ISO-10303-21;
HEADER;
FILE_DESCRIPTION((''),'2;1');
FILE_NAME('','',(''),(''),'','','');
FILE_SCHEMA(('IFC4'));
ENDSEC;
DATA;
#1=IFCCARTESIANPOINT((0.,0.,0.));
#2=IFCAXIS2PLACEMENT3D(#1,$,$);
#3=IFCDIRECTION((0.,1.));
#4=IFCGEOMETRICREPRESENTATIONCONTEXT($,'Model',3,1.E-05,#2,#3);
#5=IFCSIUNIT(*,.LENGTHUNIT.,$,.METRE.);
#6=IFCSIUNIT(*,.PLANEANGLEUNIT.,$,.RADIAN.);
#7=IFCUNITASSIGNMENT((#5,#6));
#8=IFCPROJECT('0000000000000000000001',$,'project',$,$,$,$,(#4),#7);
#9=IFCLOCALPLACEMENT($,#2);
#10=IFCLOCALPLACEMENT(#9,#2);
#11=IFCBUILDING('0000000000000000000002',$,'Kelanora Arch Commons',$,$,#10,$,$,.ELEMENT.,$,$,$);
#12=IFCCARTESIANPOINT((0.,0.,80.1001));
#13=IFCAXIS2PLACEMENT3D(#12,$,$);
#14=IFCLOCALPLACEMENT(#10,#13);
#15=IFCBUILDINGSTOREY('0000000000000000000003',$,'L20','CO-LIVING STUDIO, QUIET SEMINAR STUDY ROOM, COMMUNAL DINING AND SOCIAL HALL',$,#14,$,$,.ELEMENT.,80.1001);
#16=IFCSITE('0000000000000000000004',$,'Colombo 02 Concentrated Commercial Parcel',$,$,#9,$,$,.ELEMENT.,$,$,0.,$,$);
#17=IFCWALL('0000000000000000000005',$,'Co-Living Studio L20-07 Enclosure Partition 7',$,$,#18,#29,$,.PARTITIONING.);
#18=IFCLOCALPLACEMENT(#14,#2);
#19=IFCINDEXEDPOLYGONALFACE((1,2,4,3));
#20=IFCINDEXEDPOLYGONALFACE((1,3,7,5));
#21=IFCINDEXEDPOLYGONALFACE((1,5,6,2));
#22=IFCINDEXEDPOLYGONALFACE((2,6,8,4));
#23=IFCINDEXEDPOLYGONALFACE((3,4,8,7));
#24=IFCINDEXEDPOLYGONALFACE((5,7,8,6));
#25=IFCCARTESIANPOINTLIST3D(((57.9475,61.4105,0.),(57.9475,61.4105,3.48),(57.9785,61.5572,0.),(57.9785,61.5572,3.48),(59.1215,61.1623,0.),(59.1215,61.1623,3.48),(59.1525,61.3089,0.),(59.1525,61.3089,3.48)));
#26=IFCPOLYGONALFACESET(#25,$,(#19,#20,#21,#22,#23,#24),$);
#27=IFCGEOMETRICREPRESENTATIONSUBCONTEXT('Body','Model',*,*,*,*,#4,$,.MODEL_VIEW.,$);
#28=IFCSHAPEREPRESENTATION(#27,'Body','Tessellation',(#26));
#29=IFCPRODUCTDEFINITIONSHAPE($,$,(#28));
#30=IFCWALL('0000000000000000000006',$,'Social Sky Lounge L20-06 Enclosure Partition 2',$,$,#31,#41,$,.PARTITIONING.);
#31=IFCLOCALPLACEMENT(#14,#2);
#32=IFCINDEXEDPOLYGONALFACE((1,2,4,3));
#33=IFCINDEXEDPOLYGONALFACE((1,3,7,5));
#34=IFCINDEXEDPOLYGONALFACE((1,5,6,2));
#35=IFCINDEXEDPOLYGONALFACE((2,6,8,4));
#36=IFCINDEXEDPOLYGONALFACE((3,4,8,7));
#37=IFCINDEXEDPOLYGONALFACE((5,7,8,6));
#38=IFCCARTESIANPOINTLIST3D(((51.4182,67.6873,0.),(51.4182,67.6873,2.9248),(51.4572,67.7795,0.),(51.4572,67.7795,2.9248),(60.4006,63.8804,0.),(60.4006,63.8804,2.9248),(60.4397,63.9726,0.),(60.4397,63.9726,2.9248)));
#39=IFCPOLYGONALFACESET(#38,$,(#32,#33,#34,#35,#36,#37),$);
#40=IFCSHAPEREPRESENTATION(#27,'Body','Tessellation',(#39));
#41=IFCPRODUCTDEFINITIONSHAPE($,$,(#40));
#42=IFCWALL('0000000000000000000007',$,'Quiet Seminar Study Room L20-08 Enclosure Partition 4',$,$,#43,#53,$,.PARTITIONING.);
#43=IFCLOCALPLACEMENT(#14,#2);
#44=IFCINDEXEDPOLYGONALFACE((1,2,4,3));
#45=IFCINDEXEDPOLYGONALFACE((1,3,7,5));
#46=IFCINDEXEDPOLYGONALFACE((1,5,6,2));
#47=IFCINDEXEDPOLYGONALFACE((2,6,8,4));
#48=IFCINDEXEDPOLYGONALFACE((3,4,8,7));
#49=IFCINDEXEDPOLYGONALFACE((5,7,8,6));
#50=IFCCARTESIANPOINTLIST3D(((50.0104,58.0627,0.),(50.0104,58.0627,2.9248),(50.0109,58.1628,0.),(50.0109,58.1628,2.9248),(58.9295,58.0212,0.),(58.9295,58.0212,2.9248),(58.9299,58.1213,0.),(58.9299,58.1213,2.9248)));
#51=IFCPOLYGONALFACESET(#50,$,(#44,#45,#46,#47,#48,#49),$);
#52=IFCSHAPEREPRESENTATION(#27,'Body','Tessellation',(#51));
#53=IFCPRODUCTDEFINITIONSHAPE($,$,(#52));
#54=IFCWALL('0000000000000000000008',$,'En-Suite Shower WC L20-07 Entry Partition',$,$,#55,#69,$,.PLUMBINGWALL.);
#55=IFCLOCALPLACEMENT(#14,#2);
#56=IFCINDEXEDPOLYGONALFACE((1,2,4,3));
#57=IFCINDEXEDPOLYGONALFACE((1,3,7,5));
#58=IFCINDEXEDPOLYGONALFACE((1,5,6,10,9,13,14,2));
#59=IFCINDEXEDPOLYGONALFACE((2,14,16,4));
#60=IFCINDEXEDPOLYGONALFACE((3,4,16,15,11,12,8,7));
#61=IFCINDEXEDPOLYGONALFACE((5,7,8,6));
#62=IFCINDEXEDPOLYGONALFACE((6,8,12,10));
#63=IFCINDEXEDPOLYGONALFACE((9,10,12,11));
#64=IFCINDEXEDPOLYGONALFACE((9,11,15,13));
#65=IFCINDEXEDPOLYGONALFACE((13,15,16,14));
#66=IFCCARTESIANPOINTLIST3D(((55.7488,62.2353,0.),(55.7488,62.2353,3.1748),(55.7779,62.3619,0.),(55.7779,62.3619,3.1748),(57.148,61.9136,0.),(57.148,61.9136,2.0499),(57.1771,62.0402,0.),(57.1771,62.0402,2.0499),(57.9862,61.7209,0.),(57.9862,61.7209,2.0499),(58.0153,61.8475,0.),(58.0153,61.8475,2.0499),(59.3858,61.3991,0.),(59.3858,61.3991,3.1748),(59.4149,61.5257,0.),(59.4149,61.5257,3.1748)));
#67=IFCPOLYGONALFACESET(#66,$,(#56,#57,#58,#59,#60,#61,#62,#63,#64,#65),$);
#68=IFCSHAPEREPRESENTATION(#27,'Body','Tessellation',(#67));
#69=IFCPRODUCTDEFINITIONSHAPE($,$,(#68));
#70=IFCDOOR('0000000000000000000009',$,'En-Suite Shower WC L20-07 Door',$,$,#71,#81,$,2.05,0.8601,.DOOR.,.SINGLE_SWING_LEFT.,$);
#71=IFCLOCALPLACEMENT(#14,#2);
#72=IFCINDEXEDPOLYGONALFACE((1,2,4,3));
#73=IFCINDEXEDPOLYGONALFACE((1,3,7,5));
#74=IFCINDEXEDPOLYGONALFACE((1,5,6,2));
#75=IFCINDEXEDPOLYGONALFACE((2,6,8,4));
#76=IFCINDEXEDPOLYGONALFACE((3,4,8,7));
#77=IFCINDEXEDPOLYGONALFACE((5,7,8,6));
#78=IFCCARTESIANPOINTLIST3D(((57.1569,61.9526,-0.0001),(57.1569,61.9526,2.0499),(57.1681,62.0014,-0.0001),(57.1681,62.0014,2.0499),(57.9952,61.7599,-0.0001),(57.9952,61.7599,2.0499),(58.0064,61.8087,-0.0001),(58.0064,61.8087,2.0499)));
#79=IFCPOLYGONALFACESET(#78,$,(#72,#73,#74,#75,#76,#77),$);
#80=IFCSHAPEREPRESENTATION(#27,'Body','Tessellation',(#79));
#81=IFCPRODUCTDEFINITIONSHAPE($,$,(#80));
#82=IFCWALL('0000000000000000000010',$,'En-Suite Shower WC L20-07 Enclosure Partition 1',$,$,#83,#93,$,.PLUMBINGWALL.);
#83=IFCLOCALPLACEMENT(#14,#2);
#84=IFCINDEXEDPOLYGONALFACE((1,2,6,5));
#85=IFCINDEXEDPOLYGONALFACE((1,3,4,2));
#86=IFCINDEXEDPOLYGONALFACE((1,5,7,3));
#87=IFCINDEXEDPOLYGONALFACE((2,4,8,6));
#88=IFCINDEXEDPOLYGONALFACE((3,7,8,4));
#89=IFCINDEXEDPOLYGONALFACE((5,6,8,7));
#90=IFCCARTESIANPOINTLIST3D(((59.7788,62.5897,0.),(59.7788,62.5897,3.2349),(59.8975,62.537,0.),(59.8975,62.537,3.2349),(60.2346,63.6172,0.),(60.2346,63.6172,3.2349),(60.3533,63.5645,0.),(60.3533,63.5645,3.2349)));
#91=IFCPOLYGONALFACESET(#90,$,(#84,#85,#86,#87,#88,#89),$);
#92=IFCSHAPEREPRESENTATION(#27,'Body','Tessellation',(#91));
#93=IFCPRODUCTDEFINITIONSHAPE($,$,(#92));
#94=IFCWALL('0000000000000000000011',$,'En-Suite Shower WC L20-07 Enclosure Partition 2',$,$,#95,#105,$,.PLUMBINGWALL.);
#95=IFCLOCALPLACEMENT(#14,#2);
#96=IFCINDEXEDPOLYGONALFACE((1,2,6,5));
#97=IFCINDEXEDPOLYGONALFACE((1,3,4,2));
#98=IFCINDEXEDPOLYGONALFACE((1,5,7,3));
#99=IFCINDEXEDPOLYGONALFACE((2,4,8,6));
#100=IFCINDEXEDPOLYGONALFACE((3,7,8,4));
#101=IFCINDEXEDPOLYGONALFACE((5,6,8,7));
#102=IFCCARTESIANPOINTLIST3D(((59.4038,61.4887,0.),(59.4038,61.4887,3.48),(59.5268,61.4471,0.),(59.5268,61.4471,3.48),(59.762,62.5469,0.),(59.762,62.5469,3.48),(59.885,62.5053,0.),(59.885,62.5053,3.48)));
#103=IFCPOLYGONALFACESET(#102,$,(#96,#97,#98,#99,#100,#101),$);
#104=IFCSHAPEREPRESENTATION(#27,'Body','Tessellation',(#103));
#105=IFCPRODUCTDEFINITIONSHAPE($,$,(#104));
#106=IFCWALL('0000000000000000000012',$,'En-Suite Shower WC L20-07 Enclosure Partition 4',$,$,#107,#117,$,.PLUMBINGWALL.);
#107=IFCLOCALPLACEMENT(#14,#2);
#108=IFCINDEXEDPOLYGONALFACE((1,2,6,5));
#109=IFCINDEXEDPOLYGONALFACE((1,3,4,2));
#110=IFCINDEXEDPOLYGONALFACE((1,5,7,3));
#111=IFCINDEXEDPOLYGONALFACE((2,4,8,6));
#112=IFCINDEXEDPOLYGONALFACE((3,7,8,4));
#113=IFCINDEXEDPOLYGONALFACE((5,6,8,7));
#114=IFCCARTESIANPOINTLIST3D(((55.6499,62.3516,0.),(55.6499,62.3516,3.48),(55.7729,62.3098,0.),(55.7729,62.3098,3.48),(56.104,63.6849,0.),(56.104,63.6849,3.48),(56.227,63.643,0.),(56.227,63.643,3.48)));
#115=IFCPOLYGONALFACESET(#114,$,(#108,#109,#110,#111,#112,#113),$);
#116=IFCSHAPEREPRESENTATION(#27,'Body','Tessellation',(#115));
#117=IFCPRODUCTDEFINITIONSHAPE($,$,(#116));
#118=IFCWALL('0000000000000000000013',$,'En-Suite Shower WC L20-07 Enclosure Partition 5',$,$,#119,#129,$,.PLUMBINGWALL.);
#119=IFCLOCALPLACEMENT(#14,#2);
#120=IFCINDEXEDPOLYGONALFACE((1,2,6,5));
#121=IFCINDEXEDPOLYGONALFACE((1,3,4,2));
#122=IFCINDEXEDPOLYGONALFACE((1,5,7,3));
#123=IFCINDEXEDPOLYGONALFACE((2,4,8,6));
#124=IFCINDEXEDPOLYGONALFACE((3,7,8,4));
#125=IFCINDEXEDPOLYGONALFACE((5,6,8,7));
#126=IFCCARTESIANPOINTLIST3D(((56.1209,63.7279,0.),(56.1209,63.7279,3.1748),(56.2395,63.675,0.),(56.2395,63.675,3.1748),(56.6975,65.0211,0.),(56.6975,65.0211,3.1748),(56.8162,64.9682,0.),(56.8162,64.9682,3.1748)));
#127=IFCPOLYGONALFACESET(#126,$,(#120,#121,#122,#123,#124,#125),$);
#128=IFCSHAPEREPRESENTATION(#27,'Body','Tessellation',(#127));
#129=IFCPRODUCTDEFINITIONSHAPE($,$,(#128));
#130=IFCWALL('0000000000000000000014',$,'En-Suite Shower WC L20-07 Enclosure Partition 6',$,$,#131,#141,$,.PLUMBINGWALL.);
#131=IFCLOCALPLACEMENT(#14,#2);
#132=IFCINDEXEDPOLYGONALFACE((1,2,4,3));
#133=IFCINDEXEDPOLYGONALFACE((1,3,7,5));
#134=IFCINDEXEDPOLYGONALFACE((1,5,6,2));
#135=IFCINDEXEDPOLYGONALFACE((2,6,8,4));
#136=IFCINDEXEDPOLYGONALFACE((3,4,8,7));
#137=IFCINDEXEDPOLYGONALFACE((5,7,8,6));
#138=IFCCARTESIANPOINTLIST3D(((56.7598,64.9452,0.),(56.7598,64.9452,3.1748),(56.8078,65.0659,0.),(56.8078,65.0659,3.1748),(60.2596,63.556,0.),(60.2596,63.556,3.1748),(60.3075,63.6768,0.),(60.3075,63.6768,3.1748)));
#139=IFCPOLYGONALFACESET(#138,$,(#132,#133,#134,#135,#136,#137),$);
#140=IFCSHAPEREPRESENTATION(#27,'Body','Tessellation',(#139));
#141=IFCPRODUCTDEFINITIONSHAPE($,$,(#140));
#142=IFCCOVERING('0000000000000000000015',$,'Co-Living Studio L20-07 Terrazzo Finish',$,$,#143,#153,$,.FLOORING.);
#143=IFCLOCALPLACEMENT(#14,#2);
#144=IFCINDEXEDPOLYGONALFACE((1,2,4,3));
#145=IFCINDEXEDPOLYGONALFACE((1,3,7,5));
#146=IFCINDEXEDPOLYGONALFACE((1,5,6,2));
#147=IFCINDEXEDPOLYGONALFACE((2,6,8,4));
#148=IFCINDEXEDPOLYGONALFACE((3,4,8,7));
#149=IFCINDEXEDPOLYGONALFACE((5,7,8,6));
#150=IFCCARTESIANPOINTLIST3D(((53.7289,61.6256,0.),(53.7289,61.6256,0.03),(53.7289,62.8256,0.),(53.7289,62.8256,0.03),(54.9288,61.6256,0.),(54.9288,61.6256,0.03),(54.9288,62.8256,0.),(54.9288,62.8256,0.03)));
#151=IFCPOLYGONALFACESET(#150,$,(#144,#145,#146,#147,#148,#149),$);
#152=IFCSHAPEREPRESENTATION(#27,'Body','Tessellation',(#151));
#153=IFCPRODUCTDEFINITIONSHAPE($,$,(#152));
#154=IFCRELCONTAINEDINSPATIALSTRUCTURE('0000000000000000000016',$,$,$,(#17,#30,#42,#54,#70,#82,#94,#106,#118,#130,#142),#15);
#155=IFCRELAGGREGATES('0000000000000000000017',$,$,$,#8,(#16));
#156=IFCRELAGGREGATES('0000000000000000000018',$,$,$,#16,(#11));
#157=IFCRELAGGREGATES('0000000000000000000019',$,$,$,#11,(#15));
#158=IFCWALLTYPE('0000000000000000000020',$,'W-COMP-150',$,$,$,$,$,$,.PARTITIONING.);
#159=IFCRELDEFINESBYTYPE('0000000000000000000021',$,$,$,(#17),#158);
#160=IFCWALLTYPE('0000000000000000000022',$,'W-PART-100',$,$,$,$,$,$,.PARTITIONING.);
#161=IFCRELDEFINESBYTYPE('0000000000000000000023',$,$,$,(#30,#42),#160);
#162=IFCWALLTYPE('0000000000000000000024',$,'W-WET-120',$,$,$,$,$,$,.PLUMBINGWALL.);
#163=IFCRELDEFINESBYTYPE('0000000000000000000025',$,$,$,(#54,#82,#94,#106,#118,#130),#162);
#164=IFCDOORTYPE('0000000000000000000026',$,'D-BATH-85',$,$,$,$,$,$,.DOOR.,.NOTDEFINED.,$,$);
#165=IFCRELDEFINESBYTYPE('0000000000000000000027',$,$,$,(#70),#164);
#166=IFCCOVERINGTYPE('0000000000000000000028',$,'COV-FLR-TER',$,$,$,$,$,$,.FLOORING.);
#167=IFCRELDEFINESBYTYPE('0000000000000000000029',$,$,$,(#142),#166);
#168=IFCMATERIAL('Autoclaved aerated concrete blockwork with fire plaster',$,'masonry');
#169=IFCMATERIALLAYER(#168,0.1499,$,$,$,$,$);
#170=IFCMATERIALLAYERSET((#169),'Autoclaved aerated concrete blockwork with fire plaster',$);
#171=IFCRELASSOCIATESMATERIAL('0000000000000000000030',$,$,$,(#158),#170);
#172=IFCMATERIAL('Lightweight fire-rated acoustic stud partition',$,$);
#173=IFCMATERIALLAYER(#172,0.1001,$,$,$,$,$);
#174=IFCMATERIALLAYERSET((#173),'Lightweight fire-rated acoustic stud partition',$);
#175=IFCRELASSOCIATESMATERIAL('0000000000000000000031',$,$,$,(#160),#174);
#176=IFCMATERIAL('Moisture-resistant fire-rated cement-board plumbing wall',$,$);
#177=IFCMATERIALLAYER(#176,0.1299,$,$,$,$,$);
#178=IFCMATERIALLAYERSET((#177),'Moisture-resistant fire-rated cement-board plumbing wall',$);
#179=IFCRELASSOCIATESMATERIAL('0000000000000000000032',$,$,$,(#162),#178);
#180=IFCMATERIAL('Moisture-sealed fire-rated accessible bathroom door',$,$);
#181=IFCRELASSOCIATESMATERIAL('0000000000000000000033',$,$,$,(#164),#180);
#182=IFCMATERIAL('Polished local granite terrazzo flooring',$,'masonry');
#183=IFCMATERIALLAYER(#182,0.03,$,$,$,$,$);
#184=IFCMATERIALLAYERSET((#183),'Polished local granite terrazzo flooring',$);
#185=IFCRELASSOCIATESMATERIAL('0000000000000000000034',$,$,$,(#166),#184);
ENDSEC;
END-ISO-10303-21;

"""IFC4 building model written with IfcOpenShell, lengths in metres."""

from ifc_helpers import new_model, si_unit, direction, frame, frame_2d, origin, origin_2d, place, context, subcontext, project, spatial, rectangle, extrude, source, transform, mapped, material, layer, layer_set, type_object, element, fill, save


model = new_model("IFC4")

# Units and contexts
model_context = context("Model", 3, precision=1e-05, world=origin(), true_north=direction((0.0, 1.0)))
body_context = subcontext(model_context, "Body", "Model", "MODEL_VIEW")
ifc_project = project(units=[si_unit("LENGTHUNIT", "METRE"), si_unit("PLANEANGLEUNIT", "RADIAN")], contexts=[model_context])

# Site, building, storey
site_placement = place(None, origin())
site = spatial("IfcSite", under=ifc_project, at=site_placement, Name="Colombo 02 Concentrated Commercial Parcel", CompositionType="ELEMENT", RefElevation=0.0)
building_placement = place(site_placement, origin())
building = spatial("IfcBuilding", under=site, at=building_placement, Name="Kelanora Arch Commons", CompositionType="ELEMENT")
storey_placement = place(building_placement, frame((0.0, 0.0, 80.1001)))
storey = spatial("IfcBuildingStorey", under=building, at=storey_placement, Name="L20", Description="CO-LIVING STUDIO, QUIET SEMINAR STUDY ROOM, COMMUNAL DINING AND SOCIAL HALL", CompositionType="ELEMENT", Elevation=80.1001)

# Shared definitions
ifc_material_1 = material(Name="Autoclaved aerated concrete blockwork with fire plaster", Category="masonry")
ifc_layer_1 = layer(ifc_material_1, 0.1499)
ifc_layer_set_1 = layer_set([ifc_layer_1], Name="Autoclaved aerated concrete blockwork with fire plaster")
wall_type_1 = type_object("IfcWallType", Name="W-COMP-150", PredefinedType="PARTITIONING", material=ifc_layer_set_1)

# Walls
wall_1_placement = place(storey_placement, frame((57.9629, 61.4839, 0.0), z_axis=(0.0, 0.0, 1.0), x_axis=(0.978362, -0.206902, 0.0)))
element("IfcWall", 1, at=wall_1_placement, inside=storey, type_object=wall_type_1, Name="Co-Living Studio L20-07 Enclosure Partition 7", PredefinedType="PARTITIONING", context=body_context, shape_type="SweptSolid", body=[
    extrude(rectangle(XDim=1.2, YDim=0.1499, at=frame_2d((0.6001, 0.0))), origin(), (0.0, 0.0, 1.0), 3.48),
])
ifc_material_2 = material(Name="Lightweight fire-rated acoustic stud partition")
ifc_layer_2 = layer(ifc_material_2, 0.1001)
ifc_layer_set_2 = layer_set([ifc_layer_2], Name="Lightweight fire-rated acoustic stud partition")
wall_type_2 = type_object("IfcWallType", Name="W-PART-100", PredefinedType="PARTITIONING", material=ifc_layer_set_2)
wall_2_placement = place(storey_placement, frame((60.4202, 63.9265, 0.0), z_axis=(0.0, 0.0, 1.0), x_axis=(-0.920723, 0.390216, 0.0)))
element("IfcWall", 2, at=wall_2_placement, inside=storey, type_object=wall_type_2, Name="Social Sky Lounge L20-06 Enclosure Partition 2", PredefinedType="PARTITIONING", context=body_context, shape_type="SweptSolid", body=[
    extrude(rectangle(XDim=9.7559, YDim=0.1001, at=frame_2d((4.8779, 0.0))), origin(), (0.0, 0.0, 1.0), 2.9248),
])
wall_3_placement = place(storey_placement, frame((50.0107, 58.1128, 0.0), z_axis=(0.0, 0.0, 1.0), x_axis=(0.999989, -0.004653, 0.0)))
element("IfcWall", 3, at=wall_3_placement, inside=storey, type_object=wall_type_2, Name="Quiet Seminar Study Room L20-08 Enclosure Partition 4", PredefinedType="PARTITIONING", context=body_context, shape_type="SweptSolid", body=[
    extrude(rectangle(XDim=8.9192, YDim=0.1001, at=frame_2d((4.4595, 0.0))), origin(), (0.0, 0.0, 1.0), 2.9248),
])

# Wall, opening, door
ifc_material_3 = material(Name="Moisture-resistant fire-rated cement-board plumbing wall")
ifc_layer_3 = layer(ifc_material_3, 0.1299)
ifc_layer_set_3 = layer_set([ifc_layer_3], Name="Moisture-resistant fire-rated cement-board plumbing wall")
wall_type_3 = type_object("IfcWallType", Name="W-WET-120", PredefinedType="PLUMBINGWALL", material=ifc_layer_set_3)
wall_4_placement = place(storey_placement, frame((59.4004, 61.4624, 0.0), z_axis=(0.0, 0.0, 1.0), x_axis=(-0.974574, 0.224066, 0.0)))
wall_4 = element("IfcWall", 4, at=wall_4_placement, inside=storey, type_object=wall_type_3, Name="En-Suite Shower WC L20-07 Entry Partition", PredefinedType="PLUMBINGWALL", context=body_context, shape_type="SweptSolid", body=[
    extrude(rectangle(XDim=3.7319, YDim=0.1299, at=frame_2d((1.866, 0.0))), origin(), (0.0, 0.0, 1.0), 3.1748),
])
opening_1_placement = place(wall_4_placement, frame((1.436, 0.0, 0.0)))
opening_1 = element("IfcOpeningElement", 5, at=opening_1_placement, cuts=wall_4, PredefinedType="OPENING", context=body_context, shape_type="SweptSolid", body=[
    extrude(rectangle(XDim=0.8601, YDim=2.05, at=frame_2d((0.4302, 1.0249))), frame((0.0, 0.075, 0.0), z_axis=(0.0, -1.0, 0.0), x_axis=(1.0, 0.0, 0.0)), (0.0, 0.0, 1.0), 0.1499),
])
ifc_material_4 = material(Name="Moisture-sealed fire-rated accessible bathroom door")
door_type_1 = type_object("IfcDoorType", Name="D-BATH-85", OperationType="NOTDEFINED", PredefinedType="DOOR", material=ifc_material_4)
door_1_placement = place(opening_1_placement, origin())
door_1 = element("IfcDoor", 6, at=door_1_placement, inside=storey, type_object=door_type_1, Name="En-Suite Shower WC L20-07 Door", OperationType="SINGLE_SWING_LEFT", OverallHeight=2.05, OverallWidth=0.8601, PredefinedType="DOOR", context=body_context, shape_type="SweptSolid", body=[
    extrude(rectangle(XDim=0.8601, YDim=2.05, at=frame_2d((0.4302, 1.0249))), frame((0.0, 0.0249, 0.0), z_axis=(0.0, -1.0, 0.0), x_axis=(1.0, 0.0, 0.0)), (0.0, 0.0, 1.0), 0.05),
])
fill(opening_1, door_1)

# Walls
wall_5_placement = place(storey_placement, frame((60.2939, 63.5908, 0.0), z_axis=(0.0, 0.0, 1.0), x_axis=(-0.405473, -0.914107, 0.0)))
element("IfcWall", 7, at=wall_5_placement, inside=storey, type_object=wall_type_3, Name="En-Suite Shower WC L20-07 Enclosure Partition 1", PredefinedType="PLUMBINGWALL", context=body_context, shape_type="SweptSolid", body=[
    extrude(rectangle(XDim=1.124, YDim=0.1299, at=frame_2d((0.562, 0.0))), origin(), (0.0, 0.0, 1.0), 3.2349),
])
wall_6_placement = place(storey_placement, frame((59.8235, 62.5261, 0.0), z_axis=(0.0, 0.0, 1.0), x_axis=(-0.320617, -0.947209, 0.0)))
element("IfcWall", 8, at=wall_6_placement, inside=storey, type_object=wall_type_3, Name="En-Suite Shower WC L20-07 Enclosure Partition 2", PredefinedType="PLUMBINGWALL", context=body_context, shape_type="SweptSolid", body=[
    extrude(rectangle(XDim=1.1172, YDim=0.1299, at=frame_2d((0.5586, 0.0))), origin(), (0.0, 0.0, 1.0), 3.48),
])
wall_7_placement = place(storey_placement, frame((55.7114, 62.3308, 0.0), z_axis=(0.0, 0.0, 1.0), x_axis=(0.322409, 0.9466, 0.0)))
element("IfcWall", 9, at=wall_7_placement, inside=storey, type_object=wall_type_3, Name="En-Suite Shower WC L20-07 Enclosure Partition 4", PredefinedType="PLUMBINGWALL", context=body_context, shape_type="SweptSolid", body=[
    extrude(rectangle(XDim=1.4084, YDim=0.1299, at=frame_2d((0.7041, 0.0))), origin(), (0.0, 0.0, 1.0), 3.48),
])
wall_8_placement = place(storey_placement, frame((56.1802, 63.7014, 0.0), z_axis=(0.0, 0.0, 1.0), x_axis=(0.407258, 0.913313, 0.0)))
element("IfcWall", 10, at=wall_8_placement, inside=storey, type_object=wall_type_3, Name="En-Suite Shower WC L20-07 Enclosure Partition 5", PredefinedType="PLUMBINGWALL", context=body_context, shape_type="SweptSolid", body=[
    extrude(rectangle(XDim=1.416, YDim=0.1299, at=frame_2d((0.708, 0.0))), origin(), (0.0, 0.0, 1.0), 3.1748),
])
wall_9_placement = place(storey_placement, frame((56.7837, 65.0056, 0.0), z_axis=(0.0, 0.0, 1.0), x_axis=(0.929457, -0.36893, 0.0)))
element("IfcWall", 11, at=wall_9_placement, inside=storey, type_object=wall_type_3, Name="En-Suite Shower WC L20-07 Enclosure Partition 6", PredefinedType="PLUMBINGWALL", context=body_context, shape_type="SweptSolid", body=[
    extrude(rectangle(XDim=3.7654, YDim=0.1299, at=frame_2d((1.8828, 0.0))), origin(), (0.0, 0.0, 1.0), 3.1748),
])

# Covering
ifc_material_5 = material(Name="Polished local granite terrazzo flooring", Category="masonry")
ifc_layer_4 = layer(ifc_material_5, 0.03)
ifc_layer_set_4 = layer_set([ifc_layer_4], Name="Polished local granite terrazzo flooring")
covering_type = type_object("IfcCoveringType", Name="COV-FLR-TER", PredefinedType="FLOORING", material=ifc_layer_set_4)
shared_shape_1 = source(origin(), body_context, "Body", "SweptSolid", [
    extrude(rectangle(XDim=1.2, YDim=1.2, at=origin_2d()), origin(), (0.0, 0.0, 1.0), 0.03),
])
covering_placement = place(storey_placement, frame((54.3289, 62.2256, 0.0), z_axis=(0.0, 0.0, 1.0), x_axis=(1.0, 0.0, 0.0)))
element("IfcCovering", 12, at=covering_placement, inside=storey, type_object=covering_type, Name="Co-Living Studio L20-07 Terrazzo Finish", PredefinedType="FLOORING", context=body_context, shape_type="MappedRepresentation", body=[
    mapped(shared_shape_1, transform((0.0, 0.0, 0.0), scale=1.0)),
])

save(model, "model.ifc")
